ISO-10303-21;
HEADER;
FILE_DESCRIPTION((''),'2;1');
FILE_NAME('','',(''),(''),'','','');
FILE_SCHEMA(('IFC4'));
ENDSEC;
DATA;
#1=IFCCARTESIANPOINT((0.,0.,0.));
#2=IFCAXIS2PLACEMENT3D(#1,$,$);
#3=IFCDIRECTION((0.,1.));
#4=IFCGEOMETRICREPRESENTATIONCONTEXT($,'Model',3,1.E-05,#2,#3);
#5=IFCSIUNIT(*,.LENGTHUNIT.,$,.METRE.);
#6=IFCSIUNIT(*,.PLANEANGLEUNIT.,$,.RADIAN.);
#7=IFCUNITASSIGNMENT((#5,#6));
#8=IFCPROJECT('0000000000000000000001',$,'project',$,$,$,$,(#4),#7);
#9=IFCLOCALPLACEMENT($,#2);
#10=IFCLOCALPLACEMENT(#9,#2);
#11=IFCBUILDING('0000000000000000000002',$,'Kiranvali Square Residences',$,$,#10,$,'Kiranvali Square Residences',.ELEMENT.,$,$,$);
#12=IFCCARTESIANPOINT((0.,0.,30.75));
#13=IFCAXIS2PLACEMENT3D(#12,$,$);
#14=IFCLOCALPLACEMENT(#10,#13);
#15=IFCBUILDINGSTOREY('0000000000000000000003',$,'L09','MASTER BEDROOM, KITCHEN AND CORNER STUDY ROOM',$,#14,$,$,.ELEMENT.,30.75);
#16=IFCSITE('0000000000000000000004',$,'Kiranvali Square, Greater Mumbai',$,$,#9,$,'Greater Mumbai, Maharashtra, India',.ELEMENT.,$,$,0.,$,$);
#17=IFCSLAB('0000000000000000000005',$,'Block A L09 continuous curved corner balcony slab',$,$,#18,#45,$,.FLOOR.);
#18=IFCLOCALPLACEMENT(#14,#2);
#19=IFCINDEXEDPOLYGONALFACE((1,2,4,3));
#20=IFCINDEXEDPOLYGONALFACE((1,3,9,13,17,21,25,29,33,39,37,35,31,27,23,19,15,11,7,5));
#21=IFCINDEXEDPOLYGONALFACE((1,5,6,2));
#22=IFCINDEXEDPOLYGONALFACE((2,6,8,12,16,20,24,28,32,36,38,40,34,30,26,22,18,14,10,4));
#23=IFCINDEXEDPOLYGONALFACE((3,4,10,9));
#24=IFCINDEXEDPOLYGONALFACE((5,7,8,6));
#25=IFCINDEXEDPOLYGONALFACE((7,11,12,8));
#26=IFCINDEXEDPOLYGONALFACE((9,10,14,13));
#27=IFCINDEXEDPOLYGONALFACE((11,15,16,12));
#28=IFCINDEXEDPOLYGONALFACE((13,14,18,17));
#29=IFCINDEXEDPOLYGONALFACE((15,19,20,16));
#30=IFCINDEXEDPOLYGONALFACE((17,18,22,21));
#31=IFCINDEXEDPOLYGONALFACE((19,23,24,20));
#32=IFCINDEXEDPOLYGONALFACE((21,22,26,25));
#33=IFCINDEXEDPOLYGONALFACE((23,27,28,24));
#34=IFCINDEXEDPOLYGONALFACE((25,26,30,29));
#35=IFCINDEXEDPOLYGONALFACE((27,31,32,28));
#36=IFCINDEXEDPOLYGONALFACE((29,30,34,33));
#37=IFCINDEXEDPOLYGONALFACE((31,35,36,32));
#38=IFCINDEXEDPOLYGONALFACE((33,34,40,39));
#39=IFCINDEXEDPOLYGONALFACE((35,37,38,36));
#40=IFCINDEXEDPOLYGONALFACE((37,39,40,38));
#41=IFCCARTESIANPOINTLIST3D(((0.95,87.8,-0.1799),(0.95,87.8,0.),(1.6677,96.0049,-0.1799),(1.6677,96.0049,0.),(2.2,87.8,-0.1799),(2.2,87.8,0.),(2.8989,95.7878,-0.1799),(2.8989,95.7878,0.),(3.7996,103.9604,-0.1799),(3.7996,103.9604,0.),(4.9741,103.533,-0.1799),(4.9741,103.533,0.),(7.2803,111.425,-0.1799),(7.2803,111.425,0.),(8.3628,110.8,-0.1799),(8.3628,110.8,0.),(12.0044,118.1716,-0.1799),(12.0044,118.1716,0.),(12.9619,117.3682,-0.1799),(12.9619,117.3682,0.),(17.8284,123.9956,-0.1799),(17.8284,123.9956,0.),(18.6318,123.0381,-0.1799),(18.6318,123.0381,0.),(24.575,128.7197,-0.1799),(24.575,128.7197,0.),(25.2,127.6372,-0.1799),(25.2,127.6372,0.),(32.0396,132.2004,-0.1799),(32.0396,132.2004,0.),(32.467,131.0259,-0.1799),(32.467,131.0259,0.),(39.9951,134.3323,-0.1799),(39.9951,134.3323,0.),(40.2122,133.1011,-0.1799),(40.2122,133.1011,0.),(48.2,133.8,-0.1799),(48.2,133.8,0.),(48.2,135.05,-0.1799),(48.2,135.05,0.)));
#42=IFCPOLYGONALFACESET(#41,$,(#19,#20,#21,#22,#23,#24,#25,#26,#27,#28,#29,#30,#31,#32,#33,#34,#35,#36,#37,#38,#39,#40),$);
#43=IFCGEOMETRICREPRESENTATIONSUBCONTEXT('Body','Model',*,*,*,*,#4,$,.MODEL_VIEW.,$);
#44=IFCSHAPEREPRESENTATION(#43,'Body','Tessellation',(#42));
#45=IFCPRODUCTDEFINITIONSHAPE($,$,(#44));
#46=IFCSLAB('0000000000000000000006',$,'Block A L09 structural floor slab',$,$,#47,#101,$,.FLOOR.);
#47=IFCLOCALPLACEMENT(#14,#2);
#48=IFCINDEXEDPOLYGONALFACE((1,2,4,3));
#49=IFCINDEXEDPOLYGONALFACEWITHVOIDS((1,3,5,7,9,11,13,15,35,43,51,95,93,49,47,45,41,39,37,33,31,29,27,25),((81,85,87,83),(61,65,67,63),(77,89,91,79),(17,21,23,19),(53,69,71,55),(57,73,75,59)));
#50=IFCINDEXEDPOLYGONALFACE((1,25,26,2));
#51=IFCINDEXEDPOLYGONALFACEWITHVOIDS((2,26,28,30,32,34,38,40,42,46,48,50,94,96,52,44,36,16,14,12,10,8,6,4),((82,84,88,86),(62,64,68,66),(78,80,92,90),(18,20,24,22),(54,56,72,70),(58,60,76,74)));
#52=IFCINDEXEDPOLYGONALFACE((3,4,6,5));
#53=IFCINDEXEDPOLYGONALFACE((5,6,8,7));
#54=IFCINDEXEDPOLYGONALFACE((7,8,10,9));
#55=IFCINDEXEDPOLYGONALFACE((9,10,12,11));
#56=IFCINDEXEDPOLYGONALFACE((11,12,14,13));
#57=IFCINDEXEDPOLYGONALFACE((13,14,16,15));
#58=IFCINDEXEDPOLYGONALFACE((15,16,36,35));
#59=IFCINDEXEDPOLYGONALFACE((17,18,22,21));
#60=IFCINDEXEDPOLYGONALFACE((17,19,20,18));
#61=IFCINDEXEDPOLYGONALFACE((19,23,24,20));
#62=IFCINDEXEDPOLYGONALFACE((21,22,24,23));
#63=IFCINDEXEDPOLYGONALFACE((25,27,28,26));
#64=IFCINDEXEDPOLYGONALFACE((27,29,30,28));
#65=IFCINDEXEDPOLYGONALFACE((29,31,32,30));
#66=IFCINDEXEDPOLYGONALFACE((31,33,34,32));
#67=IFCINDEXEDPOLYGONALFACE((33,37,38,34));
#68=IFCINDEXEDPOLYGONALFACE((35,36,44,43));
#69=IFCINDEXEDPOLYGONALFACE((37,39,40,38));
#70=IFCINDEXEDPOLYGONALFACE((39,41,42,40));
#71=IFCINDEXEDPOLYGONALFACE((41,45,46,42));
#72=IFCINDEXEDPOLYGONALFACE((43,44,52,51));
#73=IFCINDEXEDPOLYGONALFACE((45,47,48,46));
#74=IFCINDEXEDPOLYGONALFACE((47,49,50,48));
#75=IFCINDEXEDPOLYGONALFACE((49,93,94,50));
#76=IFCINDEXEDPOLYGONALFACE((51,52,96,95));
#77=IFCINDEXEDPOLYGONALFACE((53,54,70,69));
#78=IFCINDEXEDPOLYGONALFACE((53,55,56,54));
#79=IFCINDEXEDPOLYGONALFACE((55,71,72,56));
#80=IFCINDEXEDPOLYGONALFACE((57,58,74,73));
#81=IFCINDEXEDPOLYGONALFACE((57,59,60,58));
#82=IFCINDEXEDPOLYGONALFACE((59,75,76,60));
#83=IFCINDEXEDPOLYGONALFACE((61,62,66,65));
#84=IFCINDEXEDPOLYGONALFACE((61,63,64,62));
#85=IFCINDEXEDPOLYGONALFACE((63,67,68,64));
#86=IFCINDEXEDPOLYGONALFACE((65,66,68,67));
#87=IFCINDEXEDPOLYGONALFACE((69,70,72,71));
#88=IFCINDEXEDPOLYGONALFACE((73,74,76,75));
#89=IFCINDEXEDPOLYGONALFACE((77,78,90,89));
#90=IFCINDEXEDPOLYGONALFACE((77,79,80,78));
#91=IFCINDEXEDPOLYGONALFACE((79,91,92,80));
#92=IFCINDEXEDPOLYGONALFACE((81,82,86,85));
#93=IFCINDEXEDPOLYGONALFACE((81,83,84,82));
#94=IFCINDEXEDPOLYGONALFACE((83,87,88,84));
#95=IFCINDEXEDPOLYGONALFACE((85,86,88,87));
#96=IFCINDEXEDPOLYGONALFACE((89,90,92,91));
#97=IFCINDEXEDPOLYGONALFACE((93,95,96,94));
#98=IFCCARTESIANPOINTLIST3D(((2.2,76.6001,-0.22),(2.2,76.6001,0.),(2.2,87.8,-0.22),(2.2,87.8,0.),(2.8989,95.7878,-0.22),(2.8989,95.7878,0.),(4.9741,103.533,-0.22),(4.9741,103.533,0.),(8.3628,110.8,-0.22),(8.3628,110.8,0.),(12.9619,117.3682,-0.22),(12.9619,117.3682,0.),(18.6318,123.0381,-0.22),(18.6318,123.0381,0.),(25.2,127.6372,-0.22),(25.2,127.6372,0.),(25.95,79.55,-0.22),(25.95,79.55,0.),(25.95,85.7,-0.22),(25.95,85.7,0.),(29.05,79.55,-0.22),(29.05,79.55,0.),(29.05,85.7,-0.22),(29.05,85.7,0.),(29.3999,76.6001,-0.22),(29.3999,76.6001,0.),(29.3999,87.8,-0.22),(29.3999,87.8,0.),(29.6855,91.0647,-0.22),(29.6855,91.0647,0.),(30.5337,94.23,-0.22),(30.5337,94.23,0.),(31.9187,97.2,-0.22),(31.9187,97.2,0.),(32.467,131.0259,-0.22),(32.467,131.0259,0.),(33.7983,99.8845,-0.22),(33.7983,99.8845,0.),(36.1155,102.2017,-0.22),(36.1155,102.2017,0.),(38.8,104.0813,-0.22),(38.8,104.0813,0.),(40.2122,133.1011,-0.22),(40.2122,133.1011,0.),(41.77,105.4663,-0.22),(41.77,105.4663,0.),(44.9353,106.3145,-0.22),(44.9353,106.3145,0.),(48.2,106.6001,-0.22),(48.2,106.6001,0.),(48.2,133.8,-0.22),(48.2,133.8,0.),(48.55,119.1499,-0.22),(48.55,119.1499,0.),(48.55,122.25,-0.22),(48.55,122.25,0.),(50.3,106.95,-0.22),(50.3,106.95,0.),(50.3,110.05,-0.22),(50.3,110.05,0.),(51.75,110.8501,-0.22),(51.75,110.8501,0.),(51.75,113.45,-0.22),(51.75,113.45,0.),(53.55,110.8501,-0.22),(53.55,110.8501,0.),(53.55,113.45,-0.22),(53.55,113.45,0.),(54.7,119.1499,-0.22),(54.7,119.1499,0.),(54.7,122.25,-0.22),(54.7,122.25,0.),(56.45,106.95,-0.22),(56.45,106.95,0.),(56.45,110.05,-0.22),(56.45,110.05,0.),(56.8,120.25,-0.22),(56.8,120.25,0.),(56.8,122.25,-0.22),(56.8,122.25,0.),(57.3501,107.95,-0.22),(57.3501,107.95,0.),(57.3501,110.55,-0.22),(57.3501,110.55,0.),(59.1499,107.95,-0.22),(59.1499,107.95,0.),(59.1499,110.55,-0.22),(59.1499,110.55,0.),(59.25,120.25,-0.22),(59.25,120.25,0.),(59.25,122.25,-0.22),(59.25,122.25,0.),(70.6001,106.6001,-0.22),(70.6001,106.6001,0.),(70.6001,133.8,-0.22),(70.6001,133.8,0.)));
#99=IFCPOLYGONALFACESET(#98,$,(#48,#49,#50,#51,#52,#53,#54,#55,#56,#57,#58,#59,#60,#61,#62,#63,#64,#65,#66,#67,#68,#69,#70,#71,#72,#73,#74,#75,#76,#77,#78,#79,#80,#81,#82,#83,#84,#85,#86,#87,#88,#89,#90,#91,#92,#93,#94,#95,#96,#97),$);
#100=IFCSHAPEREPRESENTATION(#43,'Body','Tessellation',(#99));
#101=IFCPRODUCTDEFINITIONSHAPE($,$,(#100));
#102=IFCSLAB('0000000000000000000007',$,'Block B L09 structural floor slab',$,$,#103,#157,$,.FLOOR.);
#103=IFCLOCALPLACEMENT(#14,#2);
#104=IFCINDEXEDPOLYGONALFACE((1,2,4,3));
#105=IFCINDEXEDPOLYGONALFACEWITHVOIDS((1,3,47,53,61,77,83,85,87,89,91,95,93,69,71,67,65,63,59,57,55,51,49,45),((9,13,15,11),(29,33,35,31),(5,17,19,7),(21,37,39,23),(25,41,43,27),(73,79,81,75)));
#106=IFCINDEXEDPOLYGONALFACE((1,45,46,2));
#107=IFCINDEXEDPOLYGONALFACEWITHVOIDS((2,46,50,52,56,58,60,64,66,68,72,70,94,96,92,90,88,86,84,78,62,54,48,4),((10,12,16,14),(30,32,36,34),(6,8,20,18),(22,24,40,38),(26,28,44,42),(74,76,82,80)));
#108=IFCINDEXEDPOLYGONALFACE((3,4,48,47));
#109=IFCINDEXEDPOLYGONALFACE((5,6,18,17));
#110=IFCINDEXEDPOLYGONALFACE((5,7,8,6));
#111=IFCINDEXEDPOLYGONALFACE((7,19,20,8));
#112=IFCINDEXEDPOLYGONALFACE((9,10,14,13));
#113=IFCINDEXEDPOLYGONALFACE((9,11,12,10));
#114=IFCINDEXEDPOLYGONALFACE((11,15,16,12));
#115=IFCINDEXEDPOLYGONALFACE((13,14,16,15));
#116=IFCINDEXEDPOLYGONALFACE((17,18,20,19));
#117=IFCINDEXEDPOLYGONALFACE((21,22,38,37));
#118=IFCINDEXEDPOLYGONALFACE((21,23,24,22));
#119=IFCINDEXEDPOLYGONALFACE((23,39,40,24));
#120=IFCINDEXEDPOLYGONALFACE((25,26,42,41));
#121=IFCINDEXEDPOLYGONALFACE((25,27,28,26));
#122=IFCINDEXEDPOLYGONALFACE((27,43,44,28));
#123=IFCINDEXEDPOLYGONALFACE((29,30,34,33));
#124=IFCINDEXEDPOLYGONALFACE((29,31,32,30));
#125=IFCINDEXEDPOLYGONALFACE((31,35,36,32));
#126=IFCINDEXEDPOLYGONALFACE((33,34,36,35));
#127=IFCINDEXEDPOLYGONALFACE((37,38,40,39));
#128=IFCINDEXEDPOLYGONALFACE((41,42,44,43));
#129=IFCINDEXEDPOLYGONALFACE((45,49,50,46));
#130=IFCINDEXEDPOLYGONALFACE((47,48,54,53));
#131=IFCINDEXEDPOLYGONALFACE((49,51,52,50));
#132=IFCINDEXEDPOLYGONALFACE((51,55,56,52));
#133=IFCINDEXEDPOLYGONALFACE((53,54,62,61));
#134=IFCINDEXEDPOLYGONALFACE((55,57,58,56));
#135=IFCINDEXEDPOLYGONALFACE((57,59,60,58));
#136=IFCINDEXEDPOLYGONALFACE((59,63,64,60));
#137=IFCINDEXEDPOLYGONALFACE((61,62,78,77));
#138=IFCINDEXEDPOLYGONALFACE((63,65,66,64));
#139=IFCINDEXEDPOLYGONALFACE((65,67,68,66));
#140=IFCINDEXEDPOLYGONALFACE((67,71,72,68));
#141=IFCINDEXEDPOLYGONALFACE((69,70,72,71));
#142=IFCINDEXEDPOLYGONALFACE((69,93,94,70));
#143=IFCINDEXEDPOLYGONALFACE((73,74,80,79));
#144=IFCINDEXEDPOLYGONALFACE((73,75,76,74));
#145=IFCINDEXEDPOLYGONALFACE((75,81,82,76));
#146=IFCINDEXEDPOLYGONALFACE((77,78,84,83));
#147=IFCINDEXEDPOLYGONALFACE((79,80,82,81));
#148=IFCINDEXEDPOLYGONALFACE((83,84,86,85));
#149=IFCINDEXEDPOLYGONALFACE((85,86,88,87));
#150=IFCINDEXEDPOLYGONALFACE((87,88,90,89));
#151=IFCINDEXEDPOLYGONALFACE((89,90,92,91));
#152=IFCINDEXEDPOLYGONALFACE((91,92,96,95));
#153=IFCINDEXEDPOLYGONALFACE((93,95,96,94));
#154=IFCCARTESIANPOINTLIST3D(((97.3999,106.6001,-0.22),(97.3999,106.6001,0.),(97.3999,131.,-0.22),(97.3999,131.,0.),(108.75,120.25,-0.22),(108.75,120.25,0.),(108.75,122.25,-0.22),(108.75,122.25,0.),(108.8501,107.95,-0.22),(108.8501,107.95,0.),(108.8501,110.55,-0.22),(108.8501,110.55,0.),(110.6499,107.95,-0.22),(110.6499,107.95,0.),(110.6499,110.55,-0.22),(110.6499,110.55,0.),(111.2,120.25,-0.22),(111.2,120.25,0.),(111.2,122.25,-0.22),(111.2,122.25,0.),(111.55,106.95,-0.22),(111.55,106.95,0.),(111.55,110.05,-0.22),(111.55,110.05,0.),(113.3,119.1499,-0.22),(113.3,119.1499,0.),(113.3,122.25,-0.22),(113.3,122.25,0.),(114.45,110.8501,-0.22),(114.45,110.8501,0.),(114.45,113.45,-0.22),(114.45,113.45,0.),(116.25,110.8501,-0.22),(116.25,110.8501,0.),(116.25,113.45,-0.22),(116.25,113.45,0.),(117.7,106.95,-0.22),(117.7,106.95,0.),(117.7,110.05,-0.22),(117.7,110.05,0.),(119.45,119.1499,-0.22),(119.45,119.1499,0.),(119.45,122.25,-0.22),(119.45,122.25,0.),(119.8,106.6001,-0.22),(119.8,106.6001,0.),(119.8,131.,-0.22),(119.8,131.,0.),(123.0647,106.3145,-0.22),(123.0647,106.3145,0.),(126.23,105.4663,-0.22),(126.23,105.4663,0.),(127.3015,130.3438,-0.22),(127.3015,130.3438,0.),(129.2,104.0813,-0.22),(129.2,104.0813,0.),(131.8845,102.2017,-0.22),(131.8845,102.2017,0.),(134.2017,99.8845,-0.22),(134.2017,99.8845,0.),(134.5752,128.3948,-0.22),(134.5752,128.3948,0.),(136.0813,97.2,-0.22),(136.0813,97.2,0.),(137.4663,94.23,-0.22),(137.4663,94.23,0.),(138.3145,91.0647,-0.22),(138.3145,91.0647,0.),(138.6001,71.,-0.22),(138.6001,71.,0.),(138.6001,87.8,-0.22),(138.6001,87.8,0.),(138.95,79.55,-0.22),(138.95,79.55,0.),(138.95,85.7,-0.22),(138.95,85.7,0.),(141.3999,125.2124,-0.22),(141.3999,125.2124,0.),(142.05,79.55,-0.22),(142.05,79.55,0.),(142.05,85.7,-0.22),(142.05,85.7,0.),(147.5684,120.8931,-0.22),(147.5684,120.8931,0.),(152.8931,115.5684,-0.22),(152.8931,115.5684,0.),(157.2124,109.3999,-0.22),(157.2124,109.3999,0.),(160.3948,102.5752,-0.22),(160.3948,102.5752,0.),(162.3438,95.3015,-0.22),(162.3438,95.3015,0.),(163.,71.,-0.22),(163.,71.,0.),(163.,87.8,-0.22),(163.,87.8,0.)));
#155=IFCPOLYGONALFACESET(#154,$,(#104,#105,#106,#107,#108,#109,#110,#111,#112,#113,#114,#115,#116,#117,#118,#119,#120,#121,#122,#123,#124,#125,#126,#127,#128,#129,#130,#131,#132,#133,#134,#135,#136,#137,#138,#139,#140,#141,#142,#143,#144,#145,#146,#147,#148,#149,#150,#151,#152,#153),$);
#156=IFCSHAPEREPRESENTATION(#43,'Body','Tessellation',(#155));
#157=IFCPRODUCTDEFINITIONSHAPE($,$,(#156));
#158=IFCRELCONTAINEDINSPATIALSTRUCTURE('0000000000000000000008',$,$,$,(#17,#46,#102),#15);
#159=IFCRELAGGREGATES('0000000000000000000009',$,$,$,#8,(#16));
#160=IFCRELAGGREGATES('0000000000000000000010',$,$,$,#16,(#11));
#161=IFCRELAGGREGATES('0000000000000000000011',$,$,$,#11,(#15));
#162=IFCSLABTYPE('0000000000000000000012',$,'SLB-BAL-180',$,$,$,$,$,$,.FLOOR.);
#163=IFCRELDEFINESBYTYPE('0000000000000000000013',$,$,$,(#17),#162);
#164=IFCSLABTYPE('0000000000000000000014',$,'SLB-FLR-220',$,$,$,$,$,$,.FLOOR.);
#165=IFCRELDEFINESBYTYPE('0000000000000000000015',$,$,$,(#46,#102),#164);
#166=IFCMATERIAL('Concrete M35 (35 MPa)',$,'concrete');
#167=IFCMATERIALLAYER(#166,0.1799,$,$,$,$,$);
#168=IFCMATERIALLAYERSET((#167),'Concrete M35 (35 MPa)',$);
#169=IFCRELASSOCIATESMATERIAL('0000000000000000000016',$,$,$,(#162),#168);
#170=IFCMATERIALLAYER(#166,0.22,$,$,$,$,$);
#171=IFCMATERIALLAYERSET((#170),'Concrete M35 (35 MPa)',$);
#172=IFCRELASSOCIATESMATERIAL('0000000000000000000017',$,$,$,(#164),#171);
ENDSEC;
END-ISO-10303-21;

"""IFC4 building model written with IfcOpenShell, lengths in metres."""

from ifc_helpers import new_model, si_unit, direction, frame, origin, place, context, subcontext, project, spatial, polyline, outline, extrude, material, layer, layer_set, type_object, element, save


model = new_model("IFC4")

# Units and contexts
model_context = context("Model", 3, precision=1e-05, world=origin(), true_north=direction((0.0, 1.0)))
body_context = subcontext(model_context, "Body", "Model", "MODEL_VIEW")
ifc_project = project(units=[si_unit("LENGTHUNIT", "METRE"), si_unit("PLANEANGLEUNIT", "RADIAN")], contexts=[model_context])

# Site, building, storey
site_placement = place(None, origin())
site = spatial("IfcSite", under=ifc_project, at=site_placement, Name="Kiranvali Square, Greater Mumbai", LongName="Greater Mumbai, Maharashtra, India", CompositionType="ELEMENT", RefElevation=0.0)
building_placement = place(site_placement, origin())
building = spatial("IfcBuilding", under=site, at=building_placement, Name="Kiranvali Square Residences", LongName="Kiranvali Square Residences", CompositionType="ELEMENT")
storey_placement = place(building_placement, frame((0.0, 0.0, 30.75)))
storey = spatial("IfcBuildingStorey", under=building, at=storey_placement, Name="L09", Description="MASTER BEDROOM, KITCHEN AND CORNER STUDY ROOM", CompositionType="ELEMENT", Elevation=30.75)

# Slabs
ifc_material_1 = material(Name="Concrete M35 (35 MPa)", Category="concrete")
ifc_layer_1 = layer(ifc_material_1, 0.1799)
ifc_layer_set_1 = layer_set([ifc_layer_1], Name="Concrete M35 (35 MPa)")
slab_type_1 = type_object("IfcSlabType", Name="SLB-BAL-180", PredefinedType="FLOOR", material=ifc_layer_set_1)
slab_1_placement = place(storey_placement, frame((0.0, 0.0, -0.1799)))
element("IfcSlab", 1, at=slab_1_placement, inside=storey, type_object=slab_type_1, Name="Block A L09 continuous curved corner balcony slab", PredefinedType="FLOOR", context=body_context, shape_type="SweptSolid", body=[
    extrude(outline(polyline([(48.2, 135.05), (39.9951, 134.3323), (32.0396, 132.2004), (24.575, 128.7197), (17.8284, 123.9956), (12.0044, 118.1716), (7.2803, 111.425), (3.7996, 103.9604), (1.6677, 96.0049), (0.95, 87.8), (2.2, 87.8), (2.8989, 95.7878), (4.9741, 103.533), (8.3628, 110.8), (12.9619, 117.3682), (18.6318, 123.0381), (25.2, 127.6372), (32.467, 131.0259), (40.2122, 133.1011), (48.2, 133.8), (48.2, 135.05)])), origin(), (0.0, 0.0, 1.0), 0.1799),
])
ifc_layer_2 = layer(ifc_material_1, 0.22)
ifc_layer_set_2 = layer_set([ifc_layer_2], Name="Concrete M35 (35 MPa)")
slab_type_2 = type_object("IfcSlabType", Name="SLB-FLR-220", PredefinedType="FLOOR", material=ifc_layer_set_2)
slab_2_placement = place(storey_placement, frame((0.0, 0.0, -0.22)))
element("IfcSlab", 2, at=slab_2_placement, inside=storey, type_object=slab_type_2, Name="Block A L09 structural floor slab", PredefinedType="FLOOR", context=body_context, shape_type="SweptSolid", body=[
    extrude(outline(polyline([(70.6001, 106.6001), (70.6001, 133.8), (48.2, 133.8), (40.2122, 133.1011), (32.467, 131.0259), (25.2, 127.6372), (18.6318, 123.0381), (12.9619, 117.3682), (8.3628, 110.8), (4.9741, 103.533), (2.8989, 95.7878), (2.2, 87.8), (2.2, 76.6001), (29.3999, 76.6001), (29.3999, 87.8), (29.6855, 91.0647), (30.5337, 94.23), (31.9187, 97.2), (33.7983, 99.8845), (36.1155, 102.2017), (38.8, 104.0813), (41.77, 105.4663), (44.9353, 106.3145), (48.2, 106.6001), (70.6001, 106.6001)]), holes=[polyline([(56.8, 120.25), (59.25, 120.25), (59.25, 122.25), (56.8, 122.25), (56.8, 120.25)]), polyline([(57.3501, 107.95), (59.1499, 107.95), (59.1499, 110.55), (57.3501, 110.55), (57.3501, 107.95)]), polyline([(51.75, 110.8501), (53.55, 110.8501), (53.55, 113.45), (51.75, 113.45), (51.75, 110.8501)]), polyline([(54.7, 122.25), (48.55, 122.25), (48.55, 119.1499), (54.7, 119.1499), (54.7, 122.25)]), polyline([(50.3, 106.95), (56.45, 106.95), (56.45, 110.05), (50.3, 110.05), (50.3, 106.95)]), polyline([(25.95, 85.7), (25.95, 79.55), (29.05, 79.55), (29.05, 85.7), (25.95, 85.7)])]), origin(), (0.0, 0.0, 1.0), 0.22),
])
slab_3_placement = place(storey_placement, frame((0.0, 0.0, -0.22)))
element("IfcSlab", 3, at=slab_3_placement, inside=storey, type_object=slab_type_2, Name="Block B L09 structural floor slab", PredefinedType="FLOOR", context=body_context, shape_type="SweptSolid", body=[
    extrude(outline(polyline([(119.8, 106.6001), (123.0647, 106.3145), (126.23, 105.4663), (129.2, 104.0813), (131.8845, 102.2017), (134.2017, 99.8845), (136.0813, 97.2), (137.4663, 94.23), (138.3145, 91.0647), (138.6001, 87.8), (138.6001, 71.0), (163.0, 71.0), (163.0, 87.8), (162.3438, 95.3015), (160.3948, 102.5752), (157.2124, 109.3999), (152.8931, 115.5684), (147.5684, 120.8931), (141.3999, 125.2124), (134.5752, 128.3948), (127.3015, 130.3438), (119.8, 131.0), (97.3999, 131.0), (97.3999, 106.6001), (119.8, 106.6001)]), holes=[polyline([(108.75, 120.25), (111.2, 120.25), (111.2, 122.25), (108.75, 122.25), (108.75, 120.25)]), polyline([(108.8501, 107.95), (110.6499, 107.95), (110.6499, 110.55), (108.8501, 110.55), (108.8501, 107.95)]), polyline([(114.45, 110.8501), (116.25, 110.8501), (116.25, 113.45), (114.45, 113.45), (114.45, 110.8501)]), polyline([(113.3, 119.1499), (119.45, 119.1499), (119.45, 122.25), (113.3, 122.25), (113.3, 119.1499)]), polyline([(117.7, 110.05), (111.55, 110.05), (111.55, 106.95), (117.7, 106.95), (117.7, 110.05)]), polyline([(138.95, 85.7), (138.95, 79.55), (142.05, 79.55), (142.05, 85.7), (138.95, 85.7)])]), origin(), (0.0, 0.0, 1.0), 0.22),
])

save(model, "model.ifc")
